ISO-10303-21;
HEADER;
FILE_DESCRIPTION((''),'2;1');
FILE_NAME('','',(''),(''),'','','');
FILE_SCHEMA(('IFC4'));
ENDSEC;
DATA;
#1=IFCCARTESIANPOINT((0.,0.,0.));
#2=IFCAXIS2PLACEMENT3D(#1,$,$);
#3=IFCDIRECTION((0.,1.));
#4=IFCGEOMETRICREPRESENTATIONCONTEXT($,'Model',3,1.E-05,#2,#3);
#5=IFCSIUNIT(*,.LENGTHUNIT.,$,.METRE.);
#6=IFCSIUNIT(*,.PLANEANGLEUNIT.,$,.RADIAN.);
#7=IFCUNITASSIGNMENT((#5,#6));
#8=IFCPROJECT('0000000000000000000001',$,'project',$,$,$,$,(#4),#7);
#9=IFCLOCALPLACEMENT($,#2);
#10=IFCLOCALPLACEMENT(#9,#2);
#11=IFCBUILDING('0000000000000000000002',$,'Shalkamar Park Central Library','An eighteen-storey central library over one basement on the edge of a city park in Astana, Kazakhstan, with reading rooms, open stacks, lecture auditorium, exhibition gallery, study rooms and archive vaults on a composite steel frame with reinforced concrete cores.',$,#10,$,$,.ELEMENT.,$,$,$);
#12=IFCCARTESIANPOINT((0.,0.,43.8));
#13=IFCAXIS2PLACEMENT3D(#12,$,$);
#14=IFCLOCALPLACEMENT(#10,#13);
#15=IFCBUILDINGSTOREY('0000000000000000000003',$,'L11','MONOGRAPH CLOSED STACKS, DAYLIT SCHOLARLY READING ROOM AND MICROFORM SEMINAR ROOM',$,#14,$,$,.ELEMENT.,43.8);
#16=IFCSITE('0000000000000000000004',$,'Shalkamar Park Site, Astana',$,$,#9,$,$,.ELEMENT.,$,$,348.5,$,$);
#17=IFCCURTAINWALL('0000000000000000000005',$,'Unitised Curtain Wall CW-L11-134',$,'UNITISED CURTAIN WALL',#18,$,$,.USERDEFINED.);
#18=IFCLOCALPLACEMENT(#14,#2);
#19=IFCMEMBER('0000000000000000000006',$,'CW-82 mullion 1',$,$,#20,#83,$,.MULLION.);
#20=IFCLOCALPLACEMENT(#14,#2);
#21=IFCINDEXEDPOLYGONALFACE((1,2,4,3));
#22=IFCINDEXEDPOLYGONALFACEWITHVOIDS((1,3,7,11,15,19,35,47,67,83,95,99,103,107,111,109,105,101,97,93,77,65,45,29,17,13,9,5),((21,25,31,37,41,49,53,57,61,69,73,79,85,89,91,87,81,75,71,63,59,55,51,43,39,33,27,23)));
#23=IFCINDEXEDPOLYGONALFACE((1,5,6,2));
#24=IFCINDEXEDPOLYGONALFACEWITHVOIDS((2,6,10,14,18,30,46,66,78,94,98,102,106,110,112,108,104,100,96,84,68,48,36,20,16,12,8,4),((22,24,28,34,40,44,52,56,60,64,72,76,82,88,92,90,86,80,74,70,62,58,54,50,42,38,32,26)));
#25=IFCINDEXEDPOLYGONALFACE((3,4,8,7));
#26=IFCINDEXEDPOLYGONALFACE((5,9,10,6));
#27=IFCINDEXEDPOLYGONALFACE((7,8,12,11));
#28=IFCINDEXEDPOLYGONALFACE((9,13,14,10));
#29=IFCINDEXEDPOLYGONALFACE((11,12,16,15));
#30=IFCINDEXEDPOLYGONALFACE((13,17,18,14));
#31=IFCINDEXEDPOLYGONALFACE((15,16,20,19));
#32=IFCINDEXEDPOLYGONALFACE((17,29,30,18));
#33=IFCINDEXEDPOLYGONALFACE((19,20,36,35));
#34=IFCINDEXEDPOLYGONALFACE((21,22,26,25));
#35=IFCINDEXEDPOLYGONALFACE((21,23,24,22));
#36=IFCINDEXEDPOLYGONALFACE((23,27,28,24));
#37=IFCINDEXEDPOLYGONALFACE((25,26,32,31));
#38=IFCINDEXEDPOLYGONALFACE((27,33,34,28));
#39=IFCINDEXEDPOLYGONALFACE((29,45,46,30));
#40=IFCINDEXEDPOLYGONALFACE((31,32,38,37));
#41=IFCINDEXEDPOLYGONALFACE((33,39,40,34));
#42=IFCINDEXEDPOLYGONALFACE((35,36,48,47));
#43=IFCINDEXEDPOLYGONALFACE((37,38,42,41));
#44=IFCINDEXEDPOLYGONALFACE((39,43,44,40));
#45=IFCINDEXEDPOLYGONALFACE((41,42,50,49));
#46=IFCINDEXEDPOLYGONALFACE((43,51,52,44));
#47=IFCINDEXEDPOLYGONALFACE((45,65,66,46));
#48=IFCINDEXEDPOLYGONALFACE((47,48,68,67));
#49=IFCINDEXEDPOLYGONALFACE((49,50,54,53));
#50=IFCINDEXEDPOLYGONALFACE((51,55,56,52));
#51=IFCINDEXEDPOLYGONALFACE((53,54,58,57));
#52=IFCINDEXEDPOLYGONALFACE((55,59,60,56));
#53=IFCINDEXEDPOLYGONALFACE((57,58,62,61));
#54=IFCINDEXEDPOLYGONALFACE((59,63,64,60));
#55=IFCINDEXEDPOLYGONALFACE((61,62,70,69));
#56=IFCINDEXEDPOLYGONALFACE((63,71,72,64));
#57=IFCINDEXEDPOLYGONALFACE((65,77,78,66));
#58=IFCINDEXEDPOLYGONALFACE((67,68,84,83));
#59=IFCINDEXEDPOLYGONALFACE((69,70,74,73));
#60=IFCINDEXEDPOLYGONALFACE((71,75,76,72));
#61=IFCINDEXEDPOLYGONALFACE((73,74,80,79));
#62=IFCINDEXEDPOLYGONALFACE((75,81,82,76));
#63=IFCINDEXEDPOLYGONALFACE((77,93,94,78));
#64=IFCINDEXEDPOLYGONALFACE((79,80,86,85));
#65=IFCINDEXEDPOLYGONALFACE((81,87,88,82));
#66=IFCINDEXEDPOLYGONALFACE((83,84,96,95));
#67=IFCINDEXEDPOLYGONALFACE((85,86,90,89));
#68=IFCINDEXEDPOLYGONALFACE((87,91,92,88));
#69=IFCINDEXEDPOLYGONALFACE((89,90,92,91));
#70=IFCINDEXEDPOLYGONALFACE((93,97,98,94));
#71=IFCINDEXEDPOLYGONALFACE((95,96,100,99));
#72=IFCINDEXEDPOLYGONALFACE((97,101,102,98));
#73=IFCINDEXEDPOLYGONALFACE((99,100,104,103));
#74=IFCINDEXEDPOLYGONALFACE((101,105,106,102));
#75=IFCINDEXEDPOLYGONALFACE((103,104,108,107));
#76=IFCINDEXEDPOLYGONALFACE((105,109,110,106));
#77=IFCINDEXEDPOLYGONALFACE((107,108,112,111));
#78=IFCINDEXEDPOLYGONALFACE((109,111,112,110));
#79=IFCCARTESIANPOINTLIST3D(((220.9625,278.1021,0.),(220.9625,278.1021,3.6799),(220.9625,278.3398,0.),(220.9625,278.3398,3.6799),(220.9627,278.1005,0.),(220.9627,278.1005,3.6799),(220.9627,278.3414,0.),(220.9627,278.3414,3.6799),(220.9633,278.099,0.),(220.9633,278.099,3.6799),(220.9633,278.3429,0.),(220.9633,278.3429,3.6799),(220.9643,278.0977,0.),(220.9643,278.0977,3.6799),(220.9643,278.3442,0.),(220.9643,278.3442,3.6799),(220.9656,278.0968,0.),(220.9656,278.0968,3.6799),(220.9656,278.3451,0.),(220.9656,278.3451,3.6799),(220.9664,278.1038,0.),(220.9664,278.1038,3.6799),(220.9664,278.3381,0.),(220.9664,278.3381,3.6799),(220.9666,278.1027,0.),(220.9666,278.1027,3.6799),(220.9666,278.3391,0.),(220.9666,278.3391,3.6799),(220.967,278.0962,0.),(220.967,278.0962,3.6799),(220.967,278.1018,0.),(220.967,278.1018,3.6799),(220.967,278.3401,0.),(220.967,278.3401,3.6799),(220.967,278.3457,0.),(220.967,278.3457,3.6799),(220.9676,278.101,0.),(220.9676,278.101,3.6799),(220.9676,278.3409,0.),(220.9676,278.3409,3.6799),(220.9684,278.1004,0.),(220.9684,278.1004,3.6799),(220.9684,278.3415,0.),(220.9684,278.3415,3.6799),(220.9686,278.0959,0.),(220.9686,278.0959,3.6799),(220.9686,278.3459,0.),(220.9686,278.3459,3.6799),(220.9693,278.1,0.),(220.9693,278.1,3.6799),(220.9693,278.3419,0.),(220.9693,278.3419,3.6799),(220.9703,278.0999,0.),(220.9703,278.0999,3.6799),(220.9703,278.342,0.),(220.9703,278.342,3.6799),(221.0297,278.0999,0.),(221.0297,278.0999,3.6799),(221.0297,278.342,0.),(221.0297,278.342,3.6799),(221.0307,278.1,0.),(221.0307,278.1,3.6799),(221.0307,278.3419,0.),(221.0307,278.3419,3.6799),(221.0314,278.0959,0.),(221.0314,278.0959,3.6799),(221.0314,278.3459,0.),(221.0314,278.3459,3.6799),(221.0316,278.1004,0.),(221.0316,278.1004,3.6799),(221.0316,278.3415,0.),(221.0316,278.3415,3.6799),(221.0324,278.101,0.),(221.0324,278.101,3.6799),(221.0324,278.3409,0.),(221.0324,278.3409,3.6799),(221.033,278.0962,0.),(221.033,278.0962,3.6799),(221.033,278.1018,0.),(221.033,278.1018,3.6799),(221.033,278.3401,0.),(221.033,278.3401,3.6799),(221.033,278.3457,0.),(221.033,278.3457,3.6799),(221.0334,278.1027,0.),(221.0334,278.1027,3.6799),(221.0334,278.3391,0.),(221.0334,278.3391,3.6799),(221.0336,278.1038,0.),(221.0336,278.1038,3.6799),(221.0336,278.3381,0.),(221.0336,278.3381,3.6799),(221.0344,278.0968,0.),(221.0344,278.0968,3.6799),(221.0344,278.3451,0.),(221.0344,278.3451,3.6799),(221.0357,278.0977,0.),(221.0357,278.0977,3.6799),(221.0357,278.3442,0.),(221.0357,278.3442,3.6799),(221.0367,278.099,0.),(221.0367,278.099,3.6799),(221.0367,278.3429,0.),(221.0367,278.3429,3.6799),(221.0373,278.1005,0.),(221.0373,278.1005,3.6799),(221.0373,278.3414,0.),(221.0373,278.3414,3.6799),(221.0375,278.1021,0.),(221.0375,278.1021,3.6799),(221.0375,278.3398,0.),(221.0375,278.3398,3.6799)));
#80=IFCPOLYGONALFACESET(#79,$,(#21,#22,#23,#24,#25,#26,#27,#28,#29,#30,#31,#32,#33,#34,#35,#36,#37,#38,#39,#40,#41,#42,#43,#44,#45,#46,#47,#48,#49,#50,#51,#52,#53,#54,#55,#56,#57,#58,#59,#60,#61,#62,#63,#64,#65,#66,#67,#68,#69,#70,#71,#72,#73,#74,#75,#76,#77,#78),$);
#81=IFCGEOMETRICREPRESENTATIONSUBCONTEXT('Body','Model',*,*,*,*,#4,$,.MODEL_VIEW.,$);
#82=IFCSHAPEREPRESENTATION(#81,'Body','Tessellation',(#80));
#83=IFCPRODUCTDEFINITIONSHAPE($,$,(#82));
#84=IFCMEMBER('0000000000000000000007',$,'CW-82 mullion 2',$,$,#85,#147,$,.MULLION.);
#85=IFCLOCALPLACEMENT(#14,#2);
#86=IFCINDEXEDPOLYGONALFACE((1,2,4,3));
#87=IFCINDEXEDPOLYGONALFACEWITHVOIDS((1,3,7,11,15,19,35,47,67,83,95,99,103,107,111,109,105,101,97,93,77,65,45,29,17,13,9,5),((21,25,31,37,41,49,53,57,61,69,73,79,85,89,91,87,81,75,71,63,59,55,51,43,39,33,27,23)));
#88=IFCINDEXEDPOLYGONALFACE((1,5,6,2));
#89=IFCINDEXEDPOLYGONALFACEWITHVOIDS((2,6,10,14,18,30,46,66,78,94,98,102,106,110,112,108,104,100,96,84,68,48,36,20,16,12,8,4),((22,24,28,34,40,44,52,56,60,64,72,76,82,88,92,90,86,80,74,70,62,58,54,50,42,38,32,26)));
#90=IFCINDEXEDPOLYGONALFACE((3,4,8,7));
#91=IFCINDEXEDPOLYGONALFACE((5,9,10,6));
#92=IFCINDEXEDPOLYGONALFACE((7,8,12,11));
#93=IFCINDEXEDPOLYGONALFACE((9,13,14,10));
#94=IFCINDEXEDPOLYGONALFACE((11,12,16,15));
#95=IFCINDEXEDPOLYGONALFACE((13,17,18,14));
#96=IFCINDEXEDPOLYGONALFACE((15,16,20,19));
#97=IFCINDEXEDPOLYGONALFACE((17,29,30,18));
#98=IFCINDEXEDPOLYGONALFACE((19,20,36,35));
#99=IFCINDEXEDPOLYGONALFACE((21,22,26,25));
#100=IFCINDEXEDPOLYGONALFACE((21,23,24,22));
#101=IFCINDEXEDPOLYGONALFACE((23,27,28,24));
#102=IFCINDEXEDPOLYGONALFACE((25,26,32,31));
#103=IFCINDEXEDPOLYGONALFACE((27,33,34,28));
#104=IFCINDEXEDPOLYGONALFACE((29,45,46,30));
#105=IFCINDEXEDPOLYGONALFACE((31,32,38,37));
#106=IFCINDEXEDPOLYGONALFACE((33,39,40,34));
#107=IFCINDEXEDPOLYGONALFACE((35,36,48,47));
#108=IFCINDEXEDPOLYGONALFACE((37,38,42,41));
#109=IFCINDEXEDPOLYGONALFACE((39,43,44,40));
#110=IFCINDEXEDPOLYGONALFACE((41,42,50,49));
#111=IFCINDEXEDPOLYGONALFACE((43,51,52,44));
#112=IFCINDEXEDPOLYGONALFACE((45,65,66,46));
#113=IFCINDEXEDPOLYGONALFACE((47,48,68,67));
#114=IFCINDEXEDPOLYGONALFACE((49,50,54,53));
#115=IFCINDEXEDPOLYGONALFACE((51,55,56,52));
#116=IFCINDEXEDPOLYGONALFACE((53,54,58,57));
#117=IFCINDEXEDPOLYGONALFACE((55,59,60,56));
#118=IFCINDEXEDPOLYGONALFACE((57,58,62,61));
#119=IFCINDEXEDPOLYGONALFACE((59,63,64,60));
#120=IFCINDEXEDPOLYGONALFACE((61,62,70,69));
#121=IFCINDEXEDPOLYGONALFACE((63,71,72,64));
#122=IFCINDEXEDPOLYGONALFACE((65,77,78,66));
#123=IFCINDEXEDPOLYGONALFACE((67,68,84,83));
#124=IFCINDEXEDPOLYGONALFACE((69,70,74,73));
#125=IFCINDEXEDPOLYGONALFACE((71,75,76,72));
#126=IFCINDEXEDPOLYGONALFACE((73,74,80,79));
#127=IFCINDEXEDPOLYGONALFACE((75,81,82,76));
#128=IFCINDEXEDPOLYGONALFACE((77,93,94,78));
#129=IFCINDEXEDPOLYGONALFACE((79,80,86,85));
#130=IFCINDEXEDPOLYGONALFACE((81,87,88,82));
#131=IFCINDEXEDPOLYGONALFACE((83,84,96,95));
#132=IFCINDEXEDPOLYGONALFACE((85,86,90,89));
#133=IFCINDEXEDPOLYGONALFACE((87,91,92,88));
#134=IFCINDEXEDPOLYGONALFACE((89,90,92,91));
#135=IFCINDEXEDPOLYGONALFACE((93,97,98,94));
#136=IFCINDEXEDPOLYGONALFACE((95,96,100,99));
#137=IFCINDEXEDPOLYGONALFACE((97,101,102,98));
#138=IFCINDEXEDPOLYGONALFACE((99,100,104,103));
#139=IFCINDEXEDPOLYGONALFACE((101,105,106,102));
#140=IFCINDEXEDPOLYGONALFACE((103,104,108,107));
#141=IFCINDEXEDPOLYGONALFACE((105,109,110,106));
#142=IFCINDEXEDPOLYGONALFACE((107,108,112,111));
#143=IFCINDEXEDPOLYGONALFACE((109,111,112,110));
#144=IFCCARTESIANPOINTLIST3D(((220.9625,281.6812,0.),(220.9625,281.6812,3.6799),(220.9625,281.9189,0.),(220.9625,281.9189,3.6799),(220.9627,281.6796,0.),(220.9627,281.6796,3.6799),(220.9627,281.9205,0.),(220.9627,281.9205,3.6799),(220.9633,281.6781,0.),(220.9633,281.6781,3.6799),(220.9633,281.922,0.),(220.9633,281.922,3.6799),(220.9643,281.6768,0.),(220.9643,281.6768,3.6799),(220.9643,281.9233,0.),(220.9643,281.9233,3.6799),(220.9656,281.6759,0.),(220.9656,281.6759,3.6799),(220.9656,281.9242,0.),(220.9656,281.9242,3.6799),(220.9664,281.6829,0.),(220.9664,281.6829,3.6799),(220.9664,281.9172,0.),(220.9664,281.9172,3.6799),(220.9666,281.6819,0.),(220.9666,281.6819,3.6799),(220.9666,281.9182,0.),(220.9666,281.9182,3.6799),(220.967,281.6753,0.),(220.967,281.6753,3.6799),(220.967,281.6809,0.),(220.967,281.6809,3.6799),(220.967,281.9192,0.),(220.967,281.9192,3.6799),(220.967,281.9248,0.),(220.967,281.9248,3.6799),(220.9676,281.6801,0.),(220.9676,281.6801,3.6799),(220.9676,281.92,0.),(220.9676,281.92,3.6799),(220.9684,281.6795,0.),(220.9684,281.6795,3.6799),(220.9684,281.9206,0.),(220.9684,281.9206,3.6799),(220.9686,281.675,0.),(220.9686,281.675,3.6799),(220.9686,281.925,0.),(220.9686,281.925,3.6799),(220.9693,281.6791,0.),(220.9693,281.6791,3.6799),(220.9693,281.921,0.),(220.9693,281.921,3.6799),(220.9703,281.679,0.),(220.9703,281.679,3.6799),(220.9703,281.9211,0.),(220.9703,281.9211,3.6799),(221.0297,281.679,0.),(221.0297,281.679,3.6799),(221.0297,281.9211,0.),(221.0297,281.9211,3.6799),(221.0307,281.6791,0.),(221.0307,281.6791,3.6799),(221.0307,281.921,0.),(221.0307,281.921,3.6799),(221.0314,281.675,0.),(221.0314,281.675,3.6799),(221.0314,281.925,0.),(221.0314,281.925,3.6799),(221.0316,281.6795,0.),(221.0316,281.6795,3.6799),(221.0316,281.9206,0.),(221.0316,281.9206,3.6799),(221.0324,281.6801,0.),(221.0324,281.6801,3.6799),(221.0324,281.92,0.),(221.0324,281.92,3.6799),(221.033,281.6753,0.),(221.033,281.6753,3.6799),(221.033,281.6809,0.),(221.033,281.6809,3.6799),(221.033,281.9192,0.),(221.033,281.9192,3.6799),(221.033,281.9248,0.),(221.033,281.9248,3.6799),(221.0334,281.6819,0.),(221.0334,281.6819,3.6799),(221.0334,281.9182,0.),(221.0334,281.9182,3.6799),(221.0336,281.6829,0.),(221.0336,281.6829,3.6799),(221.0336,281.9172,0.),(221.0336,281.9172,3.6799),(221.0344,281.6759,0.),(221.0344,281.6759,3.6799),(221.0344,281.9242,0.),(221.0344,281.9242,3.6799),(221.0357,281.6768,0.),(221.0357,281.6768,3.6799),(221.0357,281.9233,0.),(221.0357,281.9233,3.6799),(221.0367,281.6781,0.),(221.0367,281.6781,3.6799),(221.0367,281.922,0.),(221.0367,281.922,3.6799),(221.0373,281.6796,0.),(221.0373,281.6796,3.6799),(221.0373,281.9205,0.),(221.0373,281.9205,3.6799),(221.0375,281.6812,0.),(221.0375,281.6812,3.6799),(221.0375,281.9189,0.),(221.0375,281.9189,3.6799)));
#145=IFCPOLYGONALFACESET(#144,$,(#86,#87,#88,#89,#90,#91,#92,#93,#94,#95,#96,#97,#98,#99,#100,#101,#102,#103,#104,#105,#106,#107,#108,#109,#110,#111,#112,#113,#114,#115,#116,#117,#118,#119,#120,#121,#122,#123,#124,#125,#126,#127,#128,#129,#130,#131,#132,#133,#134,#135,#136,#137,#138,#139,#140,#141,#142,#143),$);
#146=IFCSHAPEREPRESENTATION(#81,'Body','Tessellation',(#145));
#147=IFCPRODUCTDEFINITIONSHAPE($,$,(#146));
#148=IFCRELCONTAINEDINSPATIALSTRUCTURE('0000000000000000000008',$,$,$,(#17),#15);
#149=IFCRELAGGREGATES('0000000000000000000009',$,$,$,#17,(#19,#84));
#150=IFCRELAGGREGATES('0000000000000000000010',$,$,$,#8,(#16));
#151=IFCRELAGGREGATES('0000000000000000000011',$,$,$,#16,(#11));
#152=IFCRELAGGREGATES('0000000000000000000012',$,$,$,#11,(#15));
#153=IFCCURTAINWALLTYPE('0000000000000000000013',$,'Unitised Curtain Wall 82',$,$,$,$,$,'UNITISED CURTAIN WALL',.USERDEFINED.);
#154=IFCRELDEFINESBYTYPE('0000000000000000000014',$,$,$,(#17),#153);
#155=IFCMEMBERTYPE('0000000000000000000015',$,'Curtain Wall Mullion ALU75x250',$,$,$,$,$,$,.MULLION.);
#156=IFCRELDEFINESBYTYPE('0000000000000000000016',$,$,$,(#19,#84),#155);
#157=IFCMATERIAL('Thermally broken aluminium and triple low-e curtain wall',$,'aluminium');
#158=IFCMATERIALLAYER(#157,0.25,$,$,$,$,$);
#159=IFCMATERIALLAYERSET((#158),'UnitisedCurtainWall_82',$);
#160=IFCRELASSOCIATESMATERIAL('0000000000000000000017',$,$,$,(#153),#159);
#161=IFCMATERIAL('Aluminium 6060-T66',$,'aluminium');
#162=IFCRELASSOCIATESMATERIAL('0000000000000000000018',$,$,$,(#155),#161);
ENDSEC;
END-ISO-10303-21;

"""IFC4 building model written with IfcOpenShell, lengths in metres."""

from ifc_helpers import new_model, si_unit, direction, frame, origin, origin_2d, place, context, subcontext, project, spatial, hollow_rectangle, extrude, material, layer, layer_set, material_profile, profile_set, type_object, element, aggregate, save


model = new_model("IFC4")

# Units and contexts
model_context = context("Model", 3, precision=1e-05, world=origin(), true_north=direction((0.0, 1.0)))
body_context = subcontext(model_context, "Body", "Model", "MODEL_VIEW")
ifc_project = project(units=[si_unit("LENGTHUNIT", "METRE"), si_unit("PLANEANGLEUNIT", "RADIAN")], contexts=[model_context])

# Site, building, storey
site_placement = place(None, origin())
site = spatial("IfcSite", under=ifc_project, at=site_placement, Name="Shalkamar Park Site, Astana", CompositionType="ELEMENT", RefElevation=348.5)
building_placement = place(site_placement, origin())
building = spatial("IfcBuilding", under=site, at=building_placement, Name="Shalkamar Park Central Library", Description="An eighteen-storey central library over one basement on the edge of a city park in Astana, Kazakhstan, with reading rooms, open stacks, lecture auditorium, exhibition gallery, study rooms and archive vaults on a composite steel frame with reinforced concrete cores.", CompositionType="ELEMENT")
storey_placement = place(building_placement, frame((0.0, 0.0, 43.8)))
storey = spatial("IfcBuildingStorey", under=building, at=storey_placement, Name="L11", Description="MONOGRAPH CLOSED STACKS, DAYLIT SCHOLARLY READING ROOM AND MICROFORM SEMINAR ROOM", CompositionType="ELEMENT", Elevation=43.8)

# Curtain wall, members
ifc_material_1 = material(Name="Thermally broken aluminium and triple low-e curtain wall", Category="aluminium")
ifc_layer_1 = layer(ifc_material_1, 0.25)
ifc_layer_set_1 = layer_set([ifc_layer_1], Name="UnitisedCurtainWall_82")
curtain_wall_type_1 = type_object("IfcCurtainWallType", Name="Unitised Curtain Wall 82", ElementType="UNITISED CURTAIN WALL", PredefinedType="USERDEFINED", material=ifc_layer_set_1)
curtain_wall_1_placement = place(storey_placement, origin())
curtain_wall_1 = element("IfcCurtainWall", 1, at=curtain_wall_1_placement, inside=storey, type_object=curtain_wall_type_1, Name="Unitised Curtain Wall CW-L11-134", ObjectType="UNITISED CURTAIN WALL", PredefinedType="USERDEFINED")
ifc_material_2 = material(Name="Aluminium 6060-T66", Category="aluminium")
ifc_material_profile_1 = material_profile(ifc_material_2, hollow_rectangle(XDim=0.075, YDim=0.25, WallThickness=0.0039, InnerFilletRadius=0.0039, OuterFilletRadius=0.0061, at=origin_2d()), Name="ALU 75x250x4")
ifc_profile_set_1 = profile_set([ifc_material_profile_1], Name="Aluminium 6060-T66")
member_type_1 = type_object("IfcMemberType", Name="Curtain Wall Mullion ALU75x250", PredefinedType="MULLION", material=ifc_profile_set_1)
member_1_placement = place(storey_placement, frame((221.0, 278.2209, 0.0), z_axis=(0.0, 0.0, 1.0), x_axis=(-1.0, 0.0, 0.0)))
member_1 = element("IfcMember", 2, at=member_1_placement, type_object=member_type_1, Name="CW-82 mullion 1", PredefinedType="MULLION", context=body_context, shape_type="SweptSolid", body=[
    extrude(hollow_rectangle(XDim=0.075, YDim=0.25, WallThickness=0.0039, InnerFilletRadius=0.0039, OuterFilletRadius=0.0061, at=origin_2d()), origin(), (0.0, 0.0, 1.0), 3.6799),
])
member_2_placement = place(storey_placement, frame((221.0, 281.8, 0.0), z_axis=(0.0, 0.0, 1.0), x_axis=(-1.0, 0.0, 0.0)))
member_2 = element("IfcMember", 3, at=member_2_placement, type_object=member_type_1, Name="CW-82 mullion 2", PredefinedType="MULLION", context=body_context, shape_type="SweptSolid", body=[
    extrude(hollow_rectangle(XDim=0.075, YDim=0.25, WallThickness=0.0039, InnerFilletRadius=0.0039, OuterFilletRadius=0.0061, at=origin_2d()), origin(), (0.0, 0.0, 1.0), 3.6799),
])

aggregate(curtain_wall_1, [member_1, member_2])

save(model, "model.ifc")
